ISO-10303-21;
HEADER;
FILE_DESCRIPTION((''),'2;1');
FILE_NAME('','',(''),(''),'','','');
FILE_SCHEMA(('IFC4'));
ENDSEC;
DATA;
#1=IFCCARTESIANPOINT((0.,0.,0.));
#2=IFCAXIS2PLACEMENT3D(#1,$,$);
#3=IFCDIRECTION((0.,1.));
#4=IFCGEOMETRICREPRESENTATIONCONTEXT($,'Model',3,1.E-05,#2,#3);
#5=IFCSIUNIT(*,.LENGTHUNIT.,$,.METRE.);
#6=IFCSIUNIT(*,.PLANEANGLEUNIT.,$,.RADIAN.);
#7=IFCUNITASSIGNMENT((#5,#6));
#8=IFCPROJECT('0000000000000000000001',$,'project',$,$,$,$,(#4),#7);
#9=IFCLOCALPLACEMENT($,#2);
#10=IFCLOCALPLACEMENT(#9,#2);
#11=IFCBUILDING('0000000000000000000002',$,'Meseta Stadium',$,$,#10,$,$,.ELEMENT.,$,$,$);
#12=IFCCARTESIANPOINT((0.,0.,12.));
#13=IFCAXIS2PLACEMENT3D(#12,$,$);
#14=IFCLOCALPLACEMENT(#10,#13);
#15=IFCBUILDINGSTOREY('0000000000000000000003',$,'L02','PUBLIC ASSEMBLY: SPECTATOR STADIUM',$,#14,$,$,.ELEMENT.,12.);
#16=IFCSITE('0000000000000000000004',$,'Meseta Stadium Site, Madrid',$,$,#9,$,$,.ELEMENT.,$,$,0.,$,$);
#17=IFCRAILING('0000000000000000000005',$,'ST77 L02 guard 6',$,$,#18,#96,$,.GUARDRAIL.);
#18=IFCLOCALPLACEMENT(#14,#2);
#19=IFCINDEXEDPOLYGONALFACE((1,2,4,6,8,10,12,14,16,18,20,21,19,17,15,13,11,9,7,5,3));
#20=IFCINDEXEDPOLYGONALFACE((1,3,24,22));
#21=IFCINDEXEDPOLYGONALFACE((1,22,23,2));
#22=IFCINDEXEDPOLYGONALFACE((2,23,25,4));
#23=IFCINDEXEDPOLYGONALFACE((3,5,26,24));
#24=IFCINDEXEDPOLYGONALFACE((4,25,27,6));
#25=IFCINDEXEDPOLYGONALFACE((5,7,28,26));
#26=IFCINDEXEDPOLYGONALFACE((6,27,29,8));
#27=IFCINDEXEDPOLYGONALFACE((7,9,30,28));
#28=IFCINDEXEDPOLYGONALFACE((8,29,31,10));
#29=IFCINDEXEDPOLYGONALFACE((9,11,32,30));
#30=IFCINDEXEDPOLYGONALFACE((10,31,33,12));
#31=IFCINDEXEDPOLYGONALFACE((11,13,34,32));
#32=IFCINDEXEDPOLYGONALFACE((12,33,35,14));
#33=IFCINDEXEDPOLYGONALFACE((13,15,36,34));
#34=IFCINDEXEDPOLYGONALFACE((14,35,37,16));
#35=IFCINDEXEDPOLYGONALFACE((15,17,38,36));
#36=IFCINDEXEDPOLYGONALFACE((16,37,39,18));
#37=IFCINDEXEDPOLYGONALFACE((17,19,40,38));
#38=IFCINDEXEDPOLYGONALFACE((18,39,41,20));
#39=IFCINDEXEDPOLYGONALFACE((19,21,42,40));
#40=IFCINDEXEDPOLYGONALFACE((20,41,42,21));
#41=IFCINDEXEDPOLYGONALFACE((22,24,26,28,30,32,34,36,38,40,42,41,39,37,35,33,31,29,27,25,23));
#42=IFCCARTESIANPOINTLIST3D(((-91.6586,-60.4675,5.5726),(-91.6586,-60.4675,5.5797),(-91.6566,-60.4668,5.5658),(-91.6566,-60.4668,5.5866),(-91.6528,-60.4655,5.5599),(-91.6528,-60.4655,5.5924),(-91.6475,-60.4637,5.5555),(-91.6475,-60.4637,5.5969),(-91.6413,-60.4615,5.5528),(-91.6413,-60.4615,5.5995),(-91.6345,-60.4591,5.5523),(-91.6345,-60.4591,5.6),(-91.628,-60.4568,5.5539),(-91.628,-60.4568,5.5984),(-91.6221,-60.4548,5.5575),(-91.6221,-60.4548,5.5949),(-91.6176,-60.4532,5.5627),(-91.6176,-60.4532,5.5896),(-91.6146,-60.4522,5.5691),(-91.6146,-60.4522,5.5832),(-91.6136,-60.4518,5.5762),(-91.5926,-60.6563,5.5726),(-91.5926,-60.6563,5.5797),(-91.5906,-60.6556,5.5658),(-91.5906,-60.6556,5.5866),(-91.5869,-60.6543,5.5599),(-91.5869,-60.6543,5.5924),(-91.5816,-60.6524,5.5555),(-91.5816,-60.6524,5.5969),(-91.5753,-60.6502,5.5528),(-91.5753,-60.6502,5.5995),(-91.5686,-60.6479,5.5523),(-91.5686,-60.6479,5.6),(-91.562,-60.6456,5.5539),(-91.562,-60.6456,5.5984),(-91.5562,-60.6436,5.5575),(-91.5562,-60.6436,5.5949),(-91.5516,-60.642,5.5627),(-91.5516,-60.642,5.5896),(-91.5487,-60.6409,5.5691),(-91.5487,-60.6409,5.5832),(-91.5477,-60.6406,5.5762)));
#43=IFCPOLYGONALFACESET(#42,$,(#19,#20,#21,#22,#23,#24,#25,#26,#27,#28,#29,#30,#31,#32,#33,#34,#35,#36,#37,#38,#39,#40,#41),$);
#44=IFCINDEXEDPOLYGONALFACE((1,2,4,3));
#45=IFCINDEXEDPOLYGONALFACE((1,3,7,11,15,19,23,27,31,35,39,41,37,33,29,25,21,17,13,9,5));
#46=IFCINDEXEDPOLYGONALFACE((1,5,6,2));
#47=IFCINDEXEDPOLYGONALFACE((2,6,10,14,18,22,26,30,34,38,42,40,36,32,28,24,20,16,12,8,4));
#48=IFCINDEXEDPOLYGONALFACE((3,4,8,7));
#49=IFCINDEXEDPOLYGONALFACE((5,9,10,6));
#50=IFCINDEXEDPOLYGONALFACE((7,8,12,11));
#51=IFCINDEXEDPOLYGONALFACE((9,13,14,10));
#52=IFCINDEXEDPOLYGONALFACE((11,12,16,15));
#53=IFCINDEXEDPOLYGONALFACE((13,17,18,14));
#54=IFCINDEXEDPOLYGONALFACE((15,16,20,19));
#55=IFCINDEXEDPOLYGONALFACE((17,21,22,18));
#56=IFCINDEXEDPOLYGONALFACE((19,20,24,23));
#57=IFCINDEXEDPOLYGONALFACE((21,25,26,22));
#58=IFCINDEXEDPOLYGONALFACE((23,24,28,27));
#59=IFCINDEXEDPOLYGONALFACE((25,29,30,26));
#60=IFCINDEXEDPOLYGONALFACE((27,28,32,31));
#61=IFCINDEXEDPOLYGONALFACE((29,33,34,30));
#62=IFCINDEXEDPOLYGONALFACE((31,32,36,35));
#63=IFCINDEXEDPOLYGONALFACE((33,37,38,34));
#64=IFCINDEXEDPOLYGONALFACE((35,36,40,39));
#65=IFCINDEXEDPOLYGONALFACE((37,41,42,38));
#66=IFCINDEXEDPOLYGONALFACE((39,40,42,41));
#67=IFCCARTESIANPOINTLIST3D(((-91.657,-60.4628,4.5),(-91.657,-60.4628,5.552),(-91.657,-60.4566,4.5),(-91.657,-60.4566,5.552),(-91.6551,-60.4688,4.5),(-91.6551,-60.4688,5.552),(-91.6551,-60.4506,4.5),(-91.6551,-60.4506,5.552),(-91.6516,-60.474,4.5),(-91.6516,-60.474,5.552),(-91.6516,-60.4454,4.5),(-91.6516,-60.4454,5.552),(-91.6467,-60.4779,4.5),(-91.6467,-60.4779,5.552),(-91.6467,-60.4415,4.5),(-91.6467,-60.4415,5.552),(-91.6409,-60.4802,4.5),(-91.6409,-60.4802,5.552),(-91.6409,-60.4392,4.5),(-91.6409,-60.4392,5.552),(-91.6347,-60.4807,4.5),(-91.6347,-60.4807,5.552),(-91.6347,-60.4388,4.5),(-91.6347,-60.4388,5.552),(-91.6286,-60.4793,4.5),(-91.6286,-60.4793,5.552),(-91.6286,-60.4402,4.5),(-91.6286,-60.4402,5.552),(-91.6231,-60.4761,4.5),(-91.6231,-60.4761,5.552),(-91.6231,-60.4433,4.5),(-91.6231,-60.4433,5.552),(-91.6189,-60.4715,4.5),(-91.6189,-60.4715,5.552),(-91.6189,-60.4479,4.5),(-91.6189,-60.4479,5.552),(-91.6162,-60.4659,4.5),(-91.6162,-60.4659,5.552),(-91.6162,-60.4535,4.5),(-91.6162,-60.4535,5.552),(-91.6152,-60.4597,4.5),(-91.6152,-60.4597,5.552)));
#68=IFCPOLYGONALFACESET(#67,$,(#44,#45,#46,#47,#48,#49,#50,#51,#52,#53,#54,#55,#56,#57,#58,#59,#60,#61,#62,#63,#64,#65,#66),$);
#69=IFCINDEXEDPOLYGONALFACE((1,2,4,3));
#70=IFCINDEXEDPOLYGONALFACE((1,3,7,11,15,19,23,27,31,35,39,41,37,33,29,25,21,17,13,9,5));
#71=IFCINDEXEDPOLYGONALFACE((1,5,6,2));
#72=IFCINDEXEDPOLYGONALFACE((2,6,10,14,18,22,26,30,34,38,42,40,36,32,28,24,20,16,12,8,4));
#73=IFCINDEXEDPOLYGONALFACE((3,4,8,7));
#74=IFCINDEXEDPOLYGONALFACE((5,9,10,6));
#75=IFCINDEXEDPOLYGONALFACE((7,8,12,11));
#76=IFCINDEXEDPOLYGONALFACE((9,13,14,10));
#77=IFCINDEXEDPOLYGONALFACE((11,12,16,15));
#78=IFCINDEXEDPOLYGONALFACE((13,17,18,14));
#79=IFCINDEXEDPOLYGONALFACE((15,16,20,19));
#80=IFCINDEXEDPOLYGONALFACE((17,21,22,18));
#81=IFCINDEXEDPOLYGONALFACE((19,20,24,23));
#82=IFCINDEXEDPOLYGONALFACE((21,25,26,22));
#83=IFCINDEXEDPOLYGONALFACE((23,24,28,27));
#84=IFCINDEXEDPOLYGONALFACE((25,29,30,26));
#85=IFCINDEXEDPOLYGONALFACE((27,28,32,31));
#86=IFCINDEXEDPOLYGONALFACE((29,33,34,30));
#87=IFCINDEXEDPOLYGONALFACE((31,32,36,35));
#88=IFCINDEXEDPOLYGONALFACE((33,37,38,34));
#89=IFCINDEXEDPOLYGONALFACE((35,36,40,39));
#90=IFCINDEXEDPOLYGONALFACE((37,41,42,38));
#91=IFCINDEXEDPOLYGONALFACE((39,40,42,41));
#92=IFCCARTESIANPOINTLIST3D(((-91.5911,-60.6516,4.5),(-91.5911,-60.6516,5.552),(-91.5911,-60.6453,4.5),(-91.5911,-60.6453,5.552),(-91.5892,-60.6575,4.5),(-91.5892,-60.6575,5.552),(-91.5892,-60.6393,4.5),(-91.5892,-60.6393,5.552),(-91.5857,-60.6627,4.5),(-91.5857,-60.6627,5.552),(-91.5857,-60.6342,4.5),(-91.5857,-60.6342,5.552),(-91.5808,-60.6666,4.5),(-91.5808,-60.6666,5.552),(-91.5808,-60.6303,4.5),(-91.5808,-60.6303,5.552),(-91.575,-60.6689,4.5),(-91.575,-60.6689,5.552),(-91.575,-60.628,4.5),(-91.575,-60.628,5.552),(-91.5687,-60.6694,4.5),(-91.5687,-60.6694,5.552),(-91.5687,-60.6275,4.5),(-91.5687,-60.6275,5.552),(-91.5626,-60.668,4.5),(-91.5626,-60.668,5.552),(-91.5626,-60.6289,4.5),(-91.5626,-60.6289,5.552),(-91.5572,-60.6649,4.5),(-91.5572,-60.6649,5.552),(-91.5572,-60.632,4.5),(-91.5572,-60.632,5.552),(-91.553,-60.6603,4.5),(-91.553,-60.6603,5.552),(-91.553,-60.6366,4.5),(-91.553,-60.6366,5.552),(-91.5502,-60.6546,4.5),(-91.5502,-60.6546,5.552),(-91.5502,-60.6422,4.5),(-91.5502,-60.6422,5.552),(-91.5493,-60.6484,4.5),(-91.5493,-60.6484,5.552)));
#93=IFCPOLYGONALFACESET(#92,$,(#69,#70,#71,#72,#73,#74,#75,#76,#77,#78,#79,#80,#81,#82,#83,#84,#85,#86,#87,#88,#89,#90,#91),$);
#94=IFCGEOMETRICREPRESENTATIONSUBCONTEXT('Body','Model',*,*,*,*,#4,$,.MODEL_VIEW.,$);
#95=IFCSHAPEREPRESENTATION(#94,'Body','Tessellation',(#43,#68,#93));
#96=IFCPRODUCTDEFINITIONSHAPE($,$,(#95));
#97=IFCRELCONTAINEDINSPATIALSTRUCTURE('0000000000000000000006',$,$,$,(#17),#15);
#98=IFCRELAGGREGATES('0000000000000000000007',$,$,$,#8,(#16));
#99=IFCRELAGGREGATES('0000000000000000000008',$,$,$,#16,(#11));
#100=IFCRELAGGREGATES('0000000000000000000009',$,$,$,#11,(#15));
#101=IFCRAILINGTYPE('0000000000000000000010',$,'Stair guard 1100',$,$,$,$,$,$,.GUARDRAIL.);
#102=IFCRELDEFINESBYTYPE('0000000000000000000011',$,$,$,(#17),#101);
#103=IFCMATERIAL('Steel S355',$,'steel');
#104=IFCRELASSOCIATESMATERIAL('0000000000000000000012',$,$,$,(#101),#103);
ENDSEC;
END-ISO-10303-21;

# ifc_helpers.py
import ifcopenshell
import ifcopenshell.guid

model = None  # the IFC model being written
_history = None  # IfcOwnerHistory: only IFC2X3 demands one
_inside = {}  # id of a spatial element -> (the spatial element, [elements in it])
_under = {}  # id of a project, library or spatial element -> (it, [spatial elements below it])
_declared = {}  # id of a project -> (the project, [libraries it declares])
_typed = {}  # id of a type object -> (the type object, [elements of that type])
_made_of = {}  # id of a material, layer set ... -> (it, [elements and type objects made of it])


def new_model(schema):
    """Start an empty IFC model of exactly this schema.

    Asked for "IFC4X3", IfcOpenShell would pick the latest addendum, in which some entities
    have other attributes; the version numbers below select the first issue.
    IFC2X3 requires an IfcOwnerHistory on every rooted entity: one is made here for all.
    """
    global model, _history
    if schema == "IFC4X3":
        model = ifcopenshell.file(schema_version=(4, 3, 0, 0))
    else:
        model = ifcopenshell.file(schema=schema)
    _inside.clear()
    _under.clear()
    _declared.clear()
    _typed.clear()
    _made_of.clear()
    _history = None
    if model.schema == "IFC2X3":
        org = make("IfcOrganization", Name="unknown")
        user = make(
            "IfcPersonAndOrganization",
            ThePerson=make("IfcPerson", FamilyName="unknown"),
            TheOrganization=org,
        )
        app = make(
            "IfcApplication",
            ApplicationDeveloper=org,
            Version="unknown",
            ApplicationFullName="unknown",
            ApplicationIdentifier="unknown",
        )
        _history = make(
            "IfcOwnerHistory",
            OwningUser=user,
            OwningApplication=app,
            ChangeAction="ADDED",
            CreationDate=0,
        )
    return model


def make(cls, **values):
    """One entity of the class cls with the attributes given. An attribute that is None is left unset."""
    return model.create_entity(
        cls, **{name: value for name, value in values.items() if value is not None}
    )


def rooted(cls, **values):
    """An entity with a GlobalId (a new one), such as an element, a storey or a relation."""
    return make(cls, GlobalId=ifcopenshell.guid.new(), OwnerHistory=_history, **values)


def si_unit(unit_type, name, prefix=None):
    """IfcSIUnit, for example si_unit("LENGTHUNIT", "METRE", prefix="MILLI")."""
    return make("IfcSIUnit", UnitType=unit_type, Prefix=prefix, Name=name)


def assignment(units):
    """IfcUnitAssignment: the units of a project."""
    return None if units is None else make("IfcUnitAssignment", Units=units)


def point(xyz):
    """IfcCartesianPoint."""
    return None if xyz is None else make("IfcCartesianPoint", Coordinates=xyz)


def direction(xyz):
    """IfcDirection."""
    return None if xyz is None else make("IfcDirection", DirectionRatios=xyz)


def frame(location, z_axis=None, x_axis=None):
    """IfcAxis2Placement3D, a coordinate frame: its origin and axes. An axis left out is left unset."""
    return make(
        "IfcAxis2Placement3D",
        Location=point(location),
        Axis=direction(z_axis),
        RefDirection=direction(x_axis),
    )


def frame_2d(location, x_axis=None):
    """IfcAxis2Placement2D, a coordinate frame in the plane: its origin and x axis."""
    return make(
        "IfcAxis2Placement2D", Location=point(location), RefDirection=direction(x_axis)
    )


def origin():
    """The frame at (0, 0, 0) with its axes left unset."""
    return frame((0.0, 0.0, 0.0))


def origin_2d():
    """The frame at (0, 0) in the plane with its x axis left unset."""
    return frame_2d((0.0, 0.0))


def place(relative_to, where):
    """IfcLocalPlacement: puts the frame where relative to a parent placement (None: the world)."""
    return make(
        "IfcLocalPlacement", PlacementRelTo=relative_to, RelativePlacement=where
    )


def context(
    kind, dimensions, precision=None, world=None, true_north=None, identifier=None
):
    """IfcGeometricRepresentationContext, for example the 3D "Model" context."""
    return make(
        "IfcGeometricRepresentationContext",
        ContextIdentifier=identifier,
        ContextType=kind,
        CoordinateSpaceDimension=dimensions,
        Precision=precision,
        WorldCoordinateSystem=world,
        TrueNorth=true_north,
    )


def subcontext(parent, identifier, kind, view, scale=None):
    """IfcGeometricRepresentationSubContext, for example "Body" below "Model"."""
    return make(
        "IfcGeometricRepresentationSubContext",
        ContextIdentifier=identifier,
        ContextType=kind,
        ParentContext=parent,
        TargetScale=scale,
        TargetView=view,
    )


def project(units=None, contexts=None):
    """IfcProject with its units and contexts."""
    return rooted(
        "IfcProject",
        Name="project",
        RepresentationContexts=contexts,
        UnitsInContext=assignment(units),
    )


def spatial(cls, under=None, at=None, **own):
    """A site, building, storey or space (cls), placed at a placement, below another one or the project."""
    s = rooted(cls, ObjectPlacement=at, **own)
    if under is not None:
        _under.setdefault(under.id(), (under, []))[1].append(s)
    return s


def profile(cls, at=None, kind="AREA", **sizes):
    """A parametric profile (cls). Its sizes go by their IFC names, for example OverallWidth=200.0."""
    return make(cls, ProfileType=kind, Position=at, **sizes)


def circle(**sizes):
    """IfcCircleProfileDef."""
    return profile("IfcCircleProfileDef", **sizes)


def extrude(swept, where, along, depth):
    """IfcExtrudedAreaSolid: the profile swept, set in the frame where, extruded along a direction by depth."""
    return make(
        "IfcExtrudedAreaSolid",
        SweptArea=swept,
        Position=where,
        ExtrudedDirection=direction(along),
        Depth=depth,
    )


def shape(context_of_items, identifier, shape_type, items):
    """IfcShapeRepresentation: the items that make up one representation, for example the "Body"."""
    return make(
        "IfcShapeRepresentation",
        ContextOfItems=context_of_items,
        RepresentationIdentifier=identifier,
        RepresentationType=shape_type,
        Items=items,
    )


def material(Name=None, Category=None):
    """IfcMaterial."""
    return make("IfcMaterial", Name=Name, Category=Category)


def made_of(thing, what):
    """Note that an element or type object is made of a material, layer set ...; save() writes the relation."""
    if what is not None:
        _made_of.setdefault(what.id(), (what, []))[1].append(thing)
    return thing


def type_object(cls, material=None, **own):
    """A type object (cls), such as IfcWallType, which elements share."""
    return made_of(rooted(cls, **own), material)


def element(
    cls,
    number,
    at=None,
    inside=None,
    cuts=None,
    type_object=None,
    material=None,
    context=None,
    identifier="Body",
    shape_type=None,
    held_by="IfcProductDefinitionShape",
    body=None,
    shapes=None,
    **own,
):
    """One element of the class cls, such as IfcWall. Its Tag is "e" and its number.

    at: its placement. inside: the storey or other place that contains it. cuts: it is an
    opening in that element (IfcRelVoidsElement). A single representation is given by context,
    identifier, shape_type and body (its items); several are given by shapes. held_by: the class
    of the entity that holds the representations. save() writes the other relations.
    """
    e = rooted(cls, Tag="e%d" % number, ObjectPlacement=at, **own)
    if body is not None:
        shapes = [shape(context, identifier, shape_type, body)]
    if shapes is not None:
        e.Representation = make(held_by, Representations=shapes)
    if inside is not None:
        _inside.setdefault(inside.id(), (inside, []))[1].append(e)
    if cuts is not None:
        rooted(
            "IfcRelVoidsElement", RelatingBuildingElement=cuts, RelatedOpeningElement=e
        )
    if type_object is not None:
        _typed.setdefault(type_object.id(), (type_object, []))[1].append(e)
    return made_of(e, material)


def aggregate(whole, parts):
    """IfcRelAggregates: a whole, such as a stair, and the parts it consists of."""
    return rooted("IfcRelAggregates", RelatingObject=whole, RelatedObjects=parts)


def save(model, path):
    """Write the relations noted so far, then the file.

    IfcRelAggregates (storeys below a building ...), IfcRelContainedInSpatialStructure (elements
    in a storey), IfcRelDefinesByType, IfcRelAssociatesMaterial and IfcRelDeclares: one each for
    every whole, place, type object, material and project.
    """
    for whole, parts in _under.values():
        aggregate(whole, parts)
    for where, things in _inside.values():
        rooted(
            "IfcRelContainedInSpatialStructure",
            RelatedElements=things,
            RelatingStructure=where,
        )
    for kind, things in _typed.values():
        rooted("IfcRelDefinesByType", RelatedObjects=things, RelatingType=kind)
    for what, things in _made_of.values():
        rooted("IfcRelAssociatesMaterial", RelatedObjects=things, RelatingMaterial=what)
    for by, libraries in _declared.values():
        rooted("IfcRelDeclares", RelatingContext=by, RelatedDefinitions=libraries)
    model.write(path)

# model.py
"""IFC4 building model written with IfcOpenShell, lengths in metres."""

from ifc_helpers import new_model, si_unit, direction, frame, origin, origin_2d, place, context, subcontext, project, spatial, circle, extrude, material, type_object, element, save


model = new_model("IFC4")

# Units and contexts
model_context = context("Model", 3, precision=1e-05, world=origin(), true_north=direction((0.0, 1.0)))
body_context = subcontext(model_context, "Body", "Model", "MODEL_VIEW")
ifc_project = project(units=[si_unit("LENGTHUNIT", "METRE"), si_unit("PLANEANGLEUNIT", "RADIAN")], contexts=[model_context])

# Site, building, storey
site_placement = place(None, origin())
site = spatial("IfcSite", under=ifc_project, at=site_placement, Name="Meseta Stadium Site, Madrid", CompositionType="ELEMENT", RefElevation=0.0)
building_placement = place(site_placement, origin())
building = spatial("IfcBuilding", under=site, at=building_placement, Name="Meseta Stadium", CompositionType="ELEMENT")
storey_placement = place(building_placement, frame((0.0, 0.0, 12.0)))
storey = spatial("IfcBuildingStorey", under=building, at=storey_placement, Name="L02", Description="PUBLIC ASSEMBLY: SPECTATOR STADIUM", CompositionType="ELEMENT", Elevation=12.0)

# Railing
ifc_material_1 = material(Name="Steel S355", Category="steel")
railing_type_1 = type_object("IfcRailingType", Name="Stair guard 1100", PredefinedType="GUARDRAIL", material=ifc_material_1)
railing_1_placement = place(storey_placement, frame((-91.6362, -60.4597, 4.5)))
element("IfcRailing", 1, at=railing_1_placement, inside=storey, type_object=railing_type_1, Name="ST77 L02 guard 6", PredefinedType="GUARDRAIL", context=body_context, shape_type="SweptSolid", body=[
    extrude(circle(Radius=0.0239, at=origin_2d()), frame((0.0, 0.0, 1.0762), z_axis=(0.329752, -0.944068, 0.0), x_axis=(0.944068, 0.329752, 0.0)), (0.0, 0.0, 1.0), 0.2),
    extrude(circle(Radius=0.021, at=origin_2d()), origin(), (0.0, 0.0, 1.0), 1.052),
    extrude(circle(Radius=0.021, at=origin_2d()), frame((0.0659, -0.1887, 0.0)), (0.0, 0.0, 1.0), 1.052),
])

save(model, "model.ifc")
